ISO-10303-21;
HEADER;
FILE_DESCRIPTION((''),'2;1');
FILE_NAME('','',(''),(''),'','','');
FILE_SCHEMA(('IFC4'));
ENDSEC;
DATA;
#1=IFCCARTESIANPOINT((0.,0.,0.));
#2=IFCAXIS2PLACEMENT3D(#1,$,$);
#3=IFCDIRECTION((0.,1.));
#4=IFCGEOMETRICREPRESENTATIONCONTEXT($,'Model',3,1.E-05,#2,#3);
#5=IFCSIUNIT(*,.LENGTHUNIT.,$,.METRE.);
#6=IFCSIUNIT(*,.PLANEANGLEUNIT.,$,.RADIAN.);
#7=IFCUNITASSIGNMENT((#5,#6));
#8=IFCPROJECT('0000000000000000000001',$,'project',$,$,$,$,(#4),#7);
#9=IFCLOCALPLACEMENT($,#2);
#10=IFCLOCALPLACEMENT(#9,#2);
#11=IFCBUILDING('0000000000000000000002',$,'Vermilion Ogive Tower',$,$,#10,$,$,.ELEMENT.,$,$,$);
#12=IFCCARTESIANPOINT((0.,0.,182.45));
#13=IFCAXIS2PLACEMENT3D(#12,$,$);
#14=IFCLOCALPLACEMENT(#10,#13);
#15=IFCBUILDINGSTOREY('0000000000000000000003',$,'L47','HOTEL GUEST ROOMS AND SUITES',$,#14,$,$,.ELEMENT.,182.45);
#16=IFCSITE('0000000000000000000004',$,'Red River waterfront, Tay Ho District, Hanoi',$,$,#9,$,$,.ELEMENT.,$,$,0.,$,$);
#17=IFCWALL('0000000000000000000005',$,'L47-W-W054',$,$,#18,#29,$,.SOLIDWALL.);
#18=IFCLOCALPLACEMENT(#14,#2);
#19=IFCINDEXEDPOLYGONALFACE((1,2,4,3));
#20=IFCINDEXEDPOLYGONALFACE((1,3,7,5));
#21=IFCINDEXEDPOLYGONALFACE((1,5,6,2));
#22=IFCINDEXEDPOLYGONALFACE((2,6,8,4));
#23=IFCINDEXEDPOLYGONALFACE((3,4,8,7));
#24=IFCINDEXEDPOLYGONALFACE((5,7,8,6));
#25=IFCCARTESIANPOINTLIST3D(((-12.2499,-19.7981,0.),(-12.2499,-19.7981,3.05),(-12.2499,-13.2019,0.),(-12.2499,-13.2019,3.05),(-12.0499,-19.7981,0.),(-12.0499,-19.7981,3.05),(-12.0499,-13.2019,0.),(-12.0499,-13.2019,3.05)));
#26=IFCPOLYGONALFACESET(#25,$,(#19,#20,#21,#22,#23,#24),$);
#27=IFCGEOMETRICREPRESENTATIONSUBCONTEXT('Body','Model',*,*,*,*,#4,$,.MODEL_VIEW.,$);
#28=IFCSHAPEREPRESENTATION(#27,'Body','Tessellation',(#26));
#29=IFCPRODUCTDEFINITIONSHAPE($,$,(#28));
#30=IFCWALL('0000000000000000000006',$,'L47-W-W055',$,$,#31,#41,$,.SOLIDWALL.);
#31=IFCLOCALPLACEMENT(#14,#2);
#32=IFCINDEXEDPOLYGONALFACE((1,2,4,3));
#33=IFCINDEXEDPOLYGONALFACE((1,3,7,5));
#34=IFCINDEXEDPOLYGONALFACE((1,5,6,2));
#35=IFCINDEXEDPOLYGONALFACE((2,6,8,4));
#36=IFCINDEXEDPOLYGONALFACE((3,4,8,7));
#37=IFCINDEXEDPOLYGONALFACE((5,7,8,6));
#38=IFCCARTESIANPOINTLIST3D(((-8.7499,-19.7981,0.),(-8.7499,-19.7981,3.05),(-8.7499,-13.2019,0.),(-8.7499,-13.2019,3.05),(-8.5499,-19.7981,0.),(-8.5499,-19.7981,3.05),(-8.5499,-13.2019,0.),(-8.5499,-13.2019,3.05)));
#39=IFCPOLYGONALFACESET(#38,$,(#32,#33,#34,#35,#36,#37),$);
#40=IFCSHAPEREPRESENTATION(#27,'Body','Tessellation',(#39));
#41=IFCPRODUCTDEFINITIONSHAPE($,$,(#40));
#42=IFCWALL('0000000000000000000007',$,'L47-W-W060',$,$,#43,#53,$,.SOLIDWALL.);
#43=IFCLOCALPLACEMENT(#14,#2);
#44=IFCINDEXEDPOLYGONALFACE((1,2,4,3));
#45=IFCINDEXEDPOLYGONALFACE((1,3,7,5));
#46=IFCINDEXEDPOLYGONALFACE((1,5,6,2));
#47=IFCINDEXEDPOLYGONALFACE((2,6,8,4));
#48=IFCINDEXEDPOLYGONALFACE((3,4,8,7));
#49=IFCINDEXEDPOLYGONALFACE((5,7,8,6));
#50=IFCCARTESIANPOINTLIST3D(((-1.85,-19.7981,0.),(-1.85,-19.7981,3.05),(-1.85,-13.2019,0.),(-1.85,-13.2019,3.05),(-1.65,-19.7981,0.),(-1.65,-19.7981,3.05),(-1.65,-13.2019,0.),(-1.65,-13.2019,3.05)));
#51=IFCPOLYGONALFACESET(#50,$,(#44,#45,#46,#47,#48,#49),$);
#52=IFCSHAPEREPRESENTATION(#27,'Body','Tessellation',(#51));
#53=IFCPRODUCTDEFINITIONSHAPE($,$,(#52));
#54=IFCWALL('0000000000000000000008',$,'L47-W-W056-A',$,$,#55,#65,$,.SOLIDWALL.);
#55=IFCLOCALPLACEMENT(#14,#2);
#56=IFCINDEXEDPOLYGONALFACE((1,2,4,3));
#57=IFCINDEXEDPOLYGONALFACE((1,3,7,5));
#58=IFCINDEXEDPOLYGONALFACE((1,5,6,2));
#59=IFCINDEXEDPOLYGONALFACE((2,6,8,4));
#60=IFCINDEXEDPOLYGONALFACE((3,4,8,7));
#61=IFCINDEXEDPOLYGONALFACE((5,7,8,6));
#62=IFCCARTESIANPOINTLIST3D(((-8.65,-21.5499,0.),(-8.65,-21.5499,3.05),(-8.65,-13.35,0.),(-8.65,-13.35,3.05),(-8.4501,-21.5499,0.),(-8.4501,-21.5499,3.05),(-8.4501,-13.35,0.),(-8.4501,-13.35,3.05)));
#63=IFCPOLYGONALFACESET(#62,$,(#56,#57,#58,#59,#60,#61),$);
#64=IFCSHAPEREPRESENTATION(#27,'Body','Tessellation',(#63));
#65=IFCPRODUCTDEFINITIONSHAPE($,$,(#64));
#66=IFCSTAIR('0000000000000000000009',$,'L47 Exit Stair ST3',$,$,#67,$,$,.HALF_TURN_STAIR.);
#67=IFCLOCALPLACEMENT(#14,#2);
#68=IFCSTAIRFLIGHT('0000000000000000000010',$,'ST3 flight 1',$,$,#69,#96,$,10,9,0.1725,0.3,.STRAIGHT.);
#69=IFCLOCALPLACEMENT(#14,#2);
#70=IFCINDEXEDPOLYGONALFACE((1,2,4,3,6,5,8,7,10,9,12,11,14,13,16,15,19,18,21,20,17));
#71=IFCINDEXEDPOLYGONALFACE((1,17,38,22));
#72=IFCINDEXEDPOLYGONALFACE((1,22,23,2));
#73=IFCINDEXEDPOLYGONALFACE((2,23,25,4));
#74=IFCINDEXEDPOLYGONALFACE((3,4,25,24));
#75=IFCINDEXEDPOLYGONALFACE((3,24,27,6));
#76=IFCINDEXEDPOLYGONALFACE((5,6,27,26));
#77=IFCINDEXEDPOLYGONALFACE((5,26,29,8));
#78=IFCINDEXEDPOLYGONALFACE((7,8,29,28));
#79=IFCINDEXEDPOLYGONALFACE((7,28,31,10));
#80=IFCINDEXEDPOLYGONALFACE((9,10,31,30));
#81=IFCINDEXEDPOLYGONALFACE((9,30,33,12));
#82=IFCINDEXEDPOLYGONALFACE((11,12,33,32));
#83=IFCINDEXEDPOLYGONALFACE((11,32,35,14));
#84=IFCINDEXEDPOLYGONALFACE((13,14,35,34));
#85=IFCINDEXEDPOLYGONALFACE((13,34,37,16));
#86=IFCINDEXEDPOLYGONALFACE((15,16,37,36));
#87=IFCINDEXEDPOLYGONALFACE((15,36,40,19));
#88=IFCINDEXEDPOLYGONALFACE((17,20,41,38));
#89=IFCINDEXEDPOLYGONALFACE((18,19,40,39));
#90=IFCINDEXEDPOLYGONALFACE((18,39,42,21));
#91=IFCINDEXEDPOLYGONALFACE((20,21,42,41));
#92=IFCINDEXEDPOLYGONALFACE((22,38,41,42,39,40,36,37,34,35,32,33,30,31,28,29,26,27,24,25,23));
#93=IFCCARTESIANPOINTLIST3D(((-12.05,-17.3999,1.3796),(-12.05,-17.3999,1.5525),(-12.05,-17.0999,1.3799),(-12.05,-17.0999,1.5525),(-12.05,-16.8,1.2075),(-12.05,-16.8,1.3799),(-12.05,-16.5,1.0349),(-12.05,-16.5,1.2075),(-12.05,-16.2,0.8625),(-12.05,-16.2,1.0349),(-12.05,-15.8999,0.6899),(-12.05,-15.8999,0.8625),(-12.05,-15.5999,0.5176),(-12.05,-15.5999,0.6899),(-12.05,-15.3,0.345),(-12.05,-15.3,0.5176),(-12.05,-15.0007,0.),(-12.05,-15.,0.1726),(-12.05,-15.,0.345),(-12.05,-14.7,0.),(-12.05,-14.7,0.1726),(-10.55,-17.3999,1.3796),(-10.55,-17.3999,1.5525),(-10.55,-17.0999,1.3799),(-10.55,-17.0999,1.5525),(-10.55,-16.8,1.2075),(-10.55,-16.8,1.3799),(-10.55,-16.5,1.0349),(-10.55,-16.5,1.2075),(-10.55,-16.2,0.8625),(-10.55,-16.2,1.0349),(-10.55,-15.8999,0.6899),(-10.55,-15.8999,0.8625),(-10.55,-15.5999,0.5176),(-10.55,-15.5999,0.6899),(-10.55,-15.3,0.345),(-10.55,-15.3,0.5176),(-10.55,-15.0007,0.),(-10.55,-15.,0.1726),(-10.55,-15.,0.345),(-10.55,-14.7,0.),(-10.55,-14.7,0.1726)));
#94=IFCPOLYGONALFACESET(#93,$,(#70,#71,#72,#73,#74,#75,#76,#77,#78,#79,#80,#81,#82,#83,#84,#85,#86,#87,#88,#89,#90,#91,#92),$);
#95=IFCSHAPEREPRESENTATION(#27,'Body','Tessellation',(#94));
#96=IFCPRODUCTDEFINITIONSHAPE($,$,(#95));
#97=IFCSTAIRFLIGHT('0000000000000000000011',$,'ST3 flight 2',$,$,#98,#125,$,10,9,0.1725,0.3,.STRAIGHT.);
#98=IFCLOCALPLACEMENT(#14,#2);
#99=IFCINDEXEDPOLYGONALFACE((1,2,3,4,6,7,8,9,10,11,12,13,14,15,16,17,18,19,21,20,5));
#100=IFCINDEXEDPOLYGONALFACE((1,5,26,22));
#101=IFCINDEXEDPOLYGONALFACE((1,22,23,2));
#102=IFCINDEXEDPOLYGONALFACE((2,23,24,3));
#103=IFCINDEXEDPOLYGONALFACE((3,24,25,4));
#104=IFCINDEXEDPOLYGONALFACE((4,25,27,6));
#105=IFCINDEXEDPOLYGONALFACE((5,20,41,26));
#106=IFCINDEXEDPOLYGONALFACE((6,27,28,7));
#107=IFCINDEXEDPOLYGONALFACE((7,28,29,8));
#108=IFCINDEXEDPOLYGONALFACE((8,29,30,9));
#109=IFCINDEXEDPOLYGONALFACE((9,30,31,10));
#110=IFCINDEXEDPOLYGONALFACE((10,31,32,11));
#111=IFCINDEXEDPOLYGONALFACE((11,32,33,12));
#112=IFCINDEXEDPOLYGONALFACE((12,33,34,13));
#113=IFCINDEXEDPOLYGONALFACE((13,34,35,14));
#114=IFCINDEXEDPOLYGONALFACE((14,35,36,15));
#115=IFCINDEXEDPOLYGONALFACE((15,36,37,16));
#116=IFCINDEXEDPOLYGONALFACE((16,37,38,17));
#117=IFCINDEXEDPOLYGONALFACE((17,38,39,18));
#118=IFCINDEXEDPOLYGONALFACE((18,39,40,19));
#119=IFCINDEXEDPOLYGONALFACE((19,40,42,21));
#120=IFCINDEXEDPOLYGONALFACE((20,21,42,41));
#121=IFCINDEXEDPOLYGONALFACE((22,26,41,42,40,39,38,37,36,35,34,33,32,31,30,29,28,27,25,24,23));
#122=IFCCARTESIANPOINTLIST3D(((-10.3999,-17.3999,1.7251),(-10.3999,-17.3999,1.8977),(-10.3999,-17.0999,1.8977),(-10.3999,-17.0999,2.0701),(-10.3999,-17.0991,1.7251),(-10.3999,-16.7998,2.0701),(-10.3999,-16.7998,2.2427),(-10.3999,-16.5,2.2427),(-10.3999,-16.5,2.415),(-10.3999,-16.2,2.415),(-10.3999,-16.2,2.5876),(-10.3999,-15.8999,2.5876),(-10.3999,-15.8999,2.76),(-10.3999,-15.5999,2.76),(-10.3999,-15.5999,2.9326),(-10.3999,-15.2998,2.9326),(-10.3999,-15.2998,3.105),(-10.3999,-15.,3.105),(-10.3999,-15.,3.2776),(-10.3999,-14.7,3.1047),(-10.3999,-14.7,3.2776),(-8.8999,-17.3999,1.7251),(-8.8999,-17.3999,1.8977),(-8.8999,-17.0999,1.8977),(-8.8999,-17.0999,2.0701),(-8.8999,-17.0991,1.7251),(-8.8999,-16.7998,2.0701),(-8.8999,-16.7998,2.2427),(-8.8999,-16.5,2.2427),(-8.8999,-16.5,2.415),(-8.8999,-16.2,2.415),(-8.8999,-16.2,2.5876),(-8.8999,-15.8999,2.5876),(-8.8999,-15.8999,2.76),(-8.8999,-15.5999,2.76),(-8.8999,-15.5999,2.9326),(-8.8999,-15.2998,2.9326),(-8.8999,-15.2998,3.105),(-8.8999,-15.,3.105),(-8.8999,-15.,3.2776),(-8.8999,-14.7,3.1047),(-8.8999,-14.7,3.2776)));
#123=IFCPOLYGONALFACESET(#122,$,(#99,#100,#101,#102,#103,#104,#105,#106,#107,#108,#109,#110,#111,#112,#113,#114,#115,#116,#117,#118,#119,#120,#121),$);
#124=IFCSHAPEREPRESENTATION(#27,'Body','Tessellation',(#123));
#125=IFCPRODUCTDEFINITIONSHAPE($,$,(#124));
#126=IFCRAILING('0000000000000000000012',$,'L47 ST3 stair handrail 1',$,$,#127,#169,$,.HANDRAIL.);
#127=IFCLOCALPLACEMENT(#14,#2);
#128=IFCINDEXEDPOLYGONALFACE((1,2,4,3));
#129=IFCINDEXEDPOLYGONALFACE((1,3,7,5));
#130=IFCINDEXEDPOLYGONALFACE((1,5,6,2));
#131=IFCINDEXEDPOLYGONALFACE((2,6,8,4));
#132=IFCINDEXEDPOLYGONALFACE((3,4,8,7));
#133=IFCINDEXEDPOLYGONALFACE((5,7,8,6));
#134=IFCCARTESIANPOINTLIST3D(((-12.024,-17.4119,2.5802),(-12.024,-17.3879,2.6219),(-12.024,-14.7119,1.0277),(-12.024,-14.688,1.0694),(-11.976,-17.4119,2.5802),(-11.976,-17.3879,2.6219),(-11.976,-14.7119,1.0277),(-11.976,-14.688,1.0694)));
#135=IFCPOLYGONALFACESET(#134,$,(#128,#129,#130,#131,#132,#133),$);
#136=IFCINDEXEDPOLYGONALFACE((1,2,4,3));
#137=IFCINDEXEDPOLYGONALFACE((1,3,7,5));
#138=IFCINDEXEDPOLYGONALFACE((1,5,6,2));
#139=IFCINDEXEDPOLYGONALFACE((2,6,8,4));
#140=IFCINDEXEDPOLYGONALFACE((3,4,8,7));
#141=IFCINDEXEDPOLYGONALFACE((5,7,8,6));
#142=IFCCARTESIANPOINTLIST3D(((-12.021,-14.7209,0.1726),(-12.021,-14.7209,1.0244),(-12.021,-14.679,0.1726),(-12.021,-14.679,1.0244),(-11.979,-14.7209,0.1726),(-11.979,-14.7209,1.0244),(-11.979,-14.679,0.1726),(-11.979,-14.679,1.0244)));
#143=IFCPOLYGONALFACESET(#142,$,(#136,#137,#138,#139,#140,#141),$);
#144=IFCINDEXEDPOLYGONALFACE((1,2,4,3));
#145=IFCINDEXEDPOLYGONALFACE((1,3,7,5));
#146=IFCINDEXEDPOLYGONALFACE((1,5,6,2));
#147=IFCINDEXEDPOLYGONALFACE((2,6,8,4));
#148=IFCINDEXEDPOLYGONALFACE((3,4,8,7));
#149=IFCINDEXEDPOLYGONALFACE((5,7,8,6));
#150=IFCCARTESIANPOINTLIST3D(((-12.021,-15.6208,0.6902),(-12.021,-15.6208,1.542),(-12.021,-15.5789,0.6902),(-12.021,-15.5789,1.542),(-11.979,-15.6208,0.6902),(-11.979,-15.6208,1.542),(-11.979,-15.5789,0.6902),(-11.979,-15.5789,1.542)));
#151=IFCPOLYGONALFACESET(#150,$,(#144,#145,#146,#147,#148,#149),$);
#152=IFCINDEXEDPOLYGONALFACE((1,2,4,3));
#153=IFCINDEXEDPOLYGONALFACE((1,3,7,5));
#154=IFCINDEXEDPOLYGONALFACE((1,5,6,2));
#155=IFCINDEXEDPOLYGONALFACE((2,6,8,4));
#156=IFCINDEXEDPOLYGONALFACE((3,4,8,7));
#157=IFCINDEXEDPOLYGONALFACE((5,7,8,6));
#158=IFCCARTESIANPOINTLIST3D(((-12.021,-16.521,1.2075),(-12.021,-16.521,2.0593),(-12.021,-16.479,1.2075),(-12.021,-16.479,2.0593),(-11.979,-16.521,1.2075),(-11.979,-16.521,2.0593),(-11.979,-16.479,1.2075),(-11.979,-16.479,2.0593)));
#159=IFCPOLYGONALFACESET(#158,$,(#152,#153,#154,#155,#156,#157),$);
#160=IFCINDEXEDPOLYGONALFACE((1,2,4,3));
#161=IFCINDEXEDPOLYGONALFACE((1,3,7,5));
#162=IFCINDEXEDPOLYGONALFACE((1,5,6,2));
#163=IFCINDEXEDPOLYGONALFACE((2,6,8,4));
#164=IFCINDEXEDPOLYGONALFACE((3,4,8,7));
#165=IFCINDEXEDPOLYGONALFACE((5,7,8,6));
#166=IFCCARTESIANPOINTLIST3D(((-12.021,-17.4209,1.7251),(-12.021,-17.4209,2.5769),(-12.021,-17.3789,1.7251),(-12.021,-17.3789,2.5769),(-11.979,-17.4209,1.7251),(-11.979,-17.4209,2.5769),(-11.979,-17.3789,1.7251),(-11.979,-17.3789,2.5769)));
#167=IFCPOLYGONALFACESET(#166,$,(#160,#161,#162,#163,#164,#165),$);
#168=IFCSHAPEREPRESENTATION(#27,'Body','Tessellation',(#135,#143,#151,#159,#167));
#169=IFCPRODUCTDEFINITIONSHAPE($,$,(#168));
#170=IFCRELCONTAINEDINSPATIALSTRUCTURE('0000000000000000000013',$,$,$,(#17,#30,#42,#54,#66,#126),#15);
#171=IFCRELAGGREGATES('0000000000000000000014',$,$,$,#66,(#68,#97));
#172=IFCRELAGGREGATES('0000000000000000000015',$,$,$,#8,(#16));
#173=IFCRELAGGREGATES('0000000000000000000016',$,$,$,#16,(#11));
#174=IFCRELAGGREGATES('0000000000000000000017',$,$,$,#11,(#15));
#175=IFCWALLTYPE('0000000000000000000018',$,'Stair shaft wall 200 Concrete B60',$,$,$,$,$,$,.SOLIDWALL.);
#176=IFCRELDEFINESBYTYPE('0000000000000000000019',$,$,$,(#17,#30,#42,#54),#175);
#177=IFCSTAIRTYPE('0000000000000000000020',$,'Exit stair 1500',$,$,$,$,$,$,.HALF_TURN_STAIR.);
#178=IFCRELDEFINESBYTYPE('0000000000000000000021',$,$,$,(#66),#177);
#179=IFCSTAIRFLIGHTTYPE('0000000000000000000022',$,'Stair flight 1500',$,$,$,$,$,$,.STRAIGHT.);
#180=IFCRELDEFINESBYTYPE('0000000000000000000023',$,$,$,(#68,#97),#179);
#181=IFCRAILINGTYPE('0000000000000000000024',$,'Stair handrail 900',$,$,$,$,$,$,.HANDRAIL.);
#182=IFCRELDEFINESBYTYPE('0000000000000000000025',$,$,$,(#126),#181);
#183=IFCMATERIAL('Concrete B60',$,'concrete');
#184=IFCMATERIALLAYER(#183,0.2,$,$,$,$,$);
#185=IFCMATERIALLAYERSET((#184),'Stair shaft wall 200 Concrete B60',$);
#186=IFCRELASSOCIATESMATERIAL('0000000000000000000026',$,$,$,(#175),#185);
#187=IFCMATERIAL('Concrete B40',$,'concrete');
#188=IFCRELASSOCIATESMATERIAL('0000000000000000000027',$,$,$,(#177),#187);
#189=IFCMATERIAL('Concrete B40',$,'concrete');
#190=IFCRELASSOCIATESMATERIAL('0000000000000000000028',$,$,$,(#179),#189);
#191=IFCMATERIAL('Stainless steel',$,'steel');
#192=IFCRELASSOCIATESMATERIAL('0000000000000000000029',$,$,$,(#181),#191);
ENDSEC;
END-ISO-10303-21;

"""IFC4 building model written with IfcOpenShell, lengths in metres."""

from ifc_helpers import new_model, si_unit, direction, frame, frame_2d, origin, origin_2d, place, context, subcontext, project, spatial, polyline, rectangle, outline, extrude, material, layer, layer_set, type_object, element, aggregate, save


model = new_model("IFC4")

# Units and contexts
model_context = context("Model", 3, precision=1e-05, world=origin(), true_north=direction((0.0, 1.0)))
body_context = subcontext(model_context, "Body", "Model", "MODEL_VIEW")
ifc_project = project(units=[si_unit("LENGTHUNIT", "METRE"), si_unit("PLANEANGLEUNIT", "RADIAN")], contexts=[model_context])

# Site, building, storey
site_placement = place(None, origin())
site = spatial("IfcSite", under=ifc_project, at=site_placement, Name="Red River waterfront, Tay Ho District, Hanoi", CompositionType="ELEMENT", RefElevation=0.0)
building_placement = place(site_placement, origin())
building = spatial("IfcBuilding", under=site, at=building_placement, Name="Vermilion Ogive Tower", CompositionType="ELEMENT")
storey_placement = place(building_placement, frame((0.0, 0.0, 182.45)))
storey = spatial("IfcBuildingStorey", under=building, at=storey_placement, Name="L47", Description="HOTEL GUEST ROOMS AND SUITES", CompositionType="ELEMENT", Elevation=182.45)

# Walls
ifc_material_1 = material(Name="Concrete B60", Category="concrete")
ifc_layer_1 = layer(ifc_material_1, 0.2)
ifc_layer_set_1 = layer_set([ifc_layer_1], Name="Stair shaft wall 200 Concrete B60")
wall_type = type_object("IfcWallType", Name="Stair shaft wall 200 Concrete B60", PredefinedType="SOLIDWALL", material=ifc_layer_set_1)
for number, where, z_axis, x_axis, name in (
    (1, (-12.1499, -19.7981, 0.0), (0.0, 0.0, 1.0), (0.0, 1.0, 0.0), "L47-W-W054"),
    (2, (-8.6499, -19.7981, 0.0), (0.0, 0.0, 1.0), (0.0, 1.0, 0.0), "L47-W-W055"),
    (3, (-1.75, -19.7981, 0.0), (0.0, 0.0, 1.0), (0.0, 1.0, 0.0), "L47-W-W060"),
):
    element("IfcWall", number, at=place(storey_placement, frame(where, z_axis=z_axis, x_axis=x_axis)), inside=storey, type_object=wall_type, Name=name, PredefinedType="SOLIDWALL", context=body_context, shape_type="SweptSolid", body=[
        extrude(rectangle(XDim=6.5962, YDim=0.2, at=frame_2d((3.2981, 0.0))), origin(), (0.0, 0.0, 1.0), 3.05),
    ])
wall_1_placement = place(storey_placement, frame((-8.55, -21.55, 0.0), z_axis=(0.0, 0.0, 1.0), x_axis=(0.0, 1.0, 0.0)))
element("IfcWall", 4, at=wall_1_placement, inside=storey, type_object=wall_type, Name="L47-W-W056-A", PredefinedType="SOLIDWALL", context=body_context, shape_type="SweptSolid", body=[
    extrude(rectangle(XDim=8.2, YDim=0.2, at=frame_2d((4.1001, 0.0))), origin(), (0.0, 0.0, 1.0), 3.05),
])

# Stair, stair flights
ifc_material_2 = material(Name="Concrete B40", Category="concrete")
stair_type = type_object("IfcStairType", Name="Exit stair 1500", PredefinedType="HALF_TURN_STAIR", material=ifc_material_2)
stair_placement = place(storey_placement, origin())
stair = element("IfcStair", 5, at=stair_placement, inside=storey, type_object=stair_type, Name="L47 Exit Stair ST3", PredefinedType="HALF_TURN_STAIR")
ifc_material_3 = material(Name="Concrete B40", Category="concrete")
stair_flight_type = type_object("IfcStairFlightType", Name="Stair flight 1500", PredefinedType="STRAIGHT", material=ifc_material_3)
stair_flight_1_placement = place(storey_placement, frame((-11.3, -14.7, 0.0), z_axis=(0.0, 0.0, 1.0), x_axis=(0.0, -1.0, 0.0)))
stair_flight_1 = element("IfcStairFlight", 6, at=stair_flight_1_placement, type_object=stair_flight_type, Name="ST3 flight 1", NumberOfRisers=10, NumberOfTreads=9, PredefinedType="STRAIGHT", RiserHeight=0.1725, TreadLength=0.3, context=body_context, shape_type="SweptSolid", body=[
    extrude(outline(polyline([(0.0, 0.0), (0.0, 0.1726), (0.3, 0.1726), (0.3, 0.345), (0.6001, 0.345), (0.6001, 0.5176), (0.8999, 0.5176), (0.8999, 0.6899), (1.2, 0.6899), (1.2, 0.8625), (1.5, 0.8625), (1.5, 1.0349), (1.8, 1.0349), (1.8, 1.2075), (2.1001, 1.2075), (2.1001, 1.3799), (2.3999, 1.3799), (2.3999, 1.5525), (2.7, 1.5525), (2.7, 1.7251), (2.7, 1.3796), (0.3008, 0.0), (0.0, 0.0)])), frame((0.0, 0.75, 0.0), z_axis=(0.0, -1.0, 0.0), x_axis=(1.0, 0.0, 0.0)), (0.0, 0.0, 1.0), 1.5),
])
stair_flight_2_placement = place(storey_placement, frame((-9.6499, -17.3999, 1.7251), z_axis=(0.0, 0.0, 1.0), x_axis=(0.0, 1.0, 0.0)))
stair_flight_2 = element("IfcStairFlight", 7, at=stair_flight_2_placement, type_object=stair_flight_type, Name="ST3 flight 2", NumberOfRisers=10, NumberOfTreads=9, PredefinedType="STRAIGHT", RiserHeight=0.1725, TreadLength=0.3, context=body_context, shape_type="SweptSolid", body=[
    extrude(outline(polyline([(0.0, 0.0), (0.0, 0.1726), (0.3, 0.1726), (0.3, 0.345), (0.6001, 0.345), (0.6001, 0.5176), (0.8999, 0.5176), (0.8999, 0.6899), (1.2, 0.6899), (1.2, 0.8625), (1.5, 0.8625), (1.5, 1.0349), (1.8, 1.0349), (1.8, 1.2075), (2.1001, 1.2075), (2.1001, 1.3799), (2.3999, 1.3799), (2.3999, 1.5525), (2.7, 1.5525), (2.7, 1.7251), (2.7, 1.3796), (0.3008, 0.0), (0.0, 0.0)])), frame((0.0, 0.75, 0.0), z_axis=(0.0, -1.0, 0.0), x_axis=(1.0, 0.0, 0.0)), (0.0, 0.0, 1.0), 1.5),
])
aggregate(stair, [stair_flight_1, stair_flight_2])

# Railing
ifc_material_4 = material(Name="Stainless steel", Category="steel")
railing_type = type_object("IfcRailingType", Name="Stair handrail 900", PredefinedType="HANDRAIL", material=ifc_material_4)
railing_1_placement = place(storey_placement, frame((-12.0, -14.7, 0.1726)))
element("IfcRailing", 8, at=railing_1_placement, inside=storey, type_object=railing_type, Name="L47 ST3 stair handrail 1", PredefinedType="HANDRAIL", context=body_context, shape_type="SweptSolid", body=[
    extrude(rectangle(XDim=0.0481, YDim=0.0481, at=origin_2d()), frame((0.0, 0.0, 0.876), z_axis=(0.0, -0.866904, 0.498476), x_axis=(1.0, 0.0, 0.0)), (0.0, 0.0, 1.0), 3.1145),
    extrude(rectangle(XDim=0.042, YDim=0.042, at=origin_2d()), origin(), (0.0, 0.0, 1.0), 0.8518),
    extrude(rectangle(XDim=0.042, YDim=0.042, at=origin_2d()), frame((0.0, -0.8999, 0.5176)), (0.0, 0.0, 1.0), 0.8518),
    extrude(rectangle(XDim=0.042, YDim=0.042, at=origin_2d()), frame((0.0, -1.8, 1.0349)), (0.0, 0.0, 1.0), 0.8518),
    extrude(rectangle(XDim=0.042, YDim=0.042, at=origin_2d()), frame((0.0, -2.7, 1.5525)), (0.0, 0.0, 1.0), 0.8518),
])

save(model, "model.ifc")
